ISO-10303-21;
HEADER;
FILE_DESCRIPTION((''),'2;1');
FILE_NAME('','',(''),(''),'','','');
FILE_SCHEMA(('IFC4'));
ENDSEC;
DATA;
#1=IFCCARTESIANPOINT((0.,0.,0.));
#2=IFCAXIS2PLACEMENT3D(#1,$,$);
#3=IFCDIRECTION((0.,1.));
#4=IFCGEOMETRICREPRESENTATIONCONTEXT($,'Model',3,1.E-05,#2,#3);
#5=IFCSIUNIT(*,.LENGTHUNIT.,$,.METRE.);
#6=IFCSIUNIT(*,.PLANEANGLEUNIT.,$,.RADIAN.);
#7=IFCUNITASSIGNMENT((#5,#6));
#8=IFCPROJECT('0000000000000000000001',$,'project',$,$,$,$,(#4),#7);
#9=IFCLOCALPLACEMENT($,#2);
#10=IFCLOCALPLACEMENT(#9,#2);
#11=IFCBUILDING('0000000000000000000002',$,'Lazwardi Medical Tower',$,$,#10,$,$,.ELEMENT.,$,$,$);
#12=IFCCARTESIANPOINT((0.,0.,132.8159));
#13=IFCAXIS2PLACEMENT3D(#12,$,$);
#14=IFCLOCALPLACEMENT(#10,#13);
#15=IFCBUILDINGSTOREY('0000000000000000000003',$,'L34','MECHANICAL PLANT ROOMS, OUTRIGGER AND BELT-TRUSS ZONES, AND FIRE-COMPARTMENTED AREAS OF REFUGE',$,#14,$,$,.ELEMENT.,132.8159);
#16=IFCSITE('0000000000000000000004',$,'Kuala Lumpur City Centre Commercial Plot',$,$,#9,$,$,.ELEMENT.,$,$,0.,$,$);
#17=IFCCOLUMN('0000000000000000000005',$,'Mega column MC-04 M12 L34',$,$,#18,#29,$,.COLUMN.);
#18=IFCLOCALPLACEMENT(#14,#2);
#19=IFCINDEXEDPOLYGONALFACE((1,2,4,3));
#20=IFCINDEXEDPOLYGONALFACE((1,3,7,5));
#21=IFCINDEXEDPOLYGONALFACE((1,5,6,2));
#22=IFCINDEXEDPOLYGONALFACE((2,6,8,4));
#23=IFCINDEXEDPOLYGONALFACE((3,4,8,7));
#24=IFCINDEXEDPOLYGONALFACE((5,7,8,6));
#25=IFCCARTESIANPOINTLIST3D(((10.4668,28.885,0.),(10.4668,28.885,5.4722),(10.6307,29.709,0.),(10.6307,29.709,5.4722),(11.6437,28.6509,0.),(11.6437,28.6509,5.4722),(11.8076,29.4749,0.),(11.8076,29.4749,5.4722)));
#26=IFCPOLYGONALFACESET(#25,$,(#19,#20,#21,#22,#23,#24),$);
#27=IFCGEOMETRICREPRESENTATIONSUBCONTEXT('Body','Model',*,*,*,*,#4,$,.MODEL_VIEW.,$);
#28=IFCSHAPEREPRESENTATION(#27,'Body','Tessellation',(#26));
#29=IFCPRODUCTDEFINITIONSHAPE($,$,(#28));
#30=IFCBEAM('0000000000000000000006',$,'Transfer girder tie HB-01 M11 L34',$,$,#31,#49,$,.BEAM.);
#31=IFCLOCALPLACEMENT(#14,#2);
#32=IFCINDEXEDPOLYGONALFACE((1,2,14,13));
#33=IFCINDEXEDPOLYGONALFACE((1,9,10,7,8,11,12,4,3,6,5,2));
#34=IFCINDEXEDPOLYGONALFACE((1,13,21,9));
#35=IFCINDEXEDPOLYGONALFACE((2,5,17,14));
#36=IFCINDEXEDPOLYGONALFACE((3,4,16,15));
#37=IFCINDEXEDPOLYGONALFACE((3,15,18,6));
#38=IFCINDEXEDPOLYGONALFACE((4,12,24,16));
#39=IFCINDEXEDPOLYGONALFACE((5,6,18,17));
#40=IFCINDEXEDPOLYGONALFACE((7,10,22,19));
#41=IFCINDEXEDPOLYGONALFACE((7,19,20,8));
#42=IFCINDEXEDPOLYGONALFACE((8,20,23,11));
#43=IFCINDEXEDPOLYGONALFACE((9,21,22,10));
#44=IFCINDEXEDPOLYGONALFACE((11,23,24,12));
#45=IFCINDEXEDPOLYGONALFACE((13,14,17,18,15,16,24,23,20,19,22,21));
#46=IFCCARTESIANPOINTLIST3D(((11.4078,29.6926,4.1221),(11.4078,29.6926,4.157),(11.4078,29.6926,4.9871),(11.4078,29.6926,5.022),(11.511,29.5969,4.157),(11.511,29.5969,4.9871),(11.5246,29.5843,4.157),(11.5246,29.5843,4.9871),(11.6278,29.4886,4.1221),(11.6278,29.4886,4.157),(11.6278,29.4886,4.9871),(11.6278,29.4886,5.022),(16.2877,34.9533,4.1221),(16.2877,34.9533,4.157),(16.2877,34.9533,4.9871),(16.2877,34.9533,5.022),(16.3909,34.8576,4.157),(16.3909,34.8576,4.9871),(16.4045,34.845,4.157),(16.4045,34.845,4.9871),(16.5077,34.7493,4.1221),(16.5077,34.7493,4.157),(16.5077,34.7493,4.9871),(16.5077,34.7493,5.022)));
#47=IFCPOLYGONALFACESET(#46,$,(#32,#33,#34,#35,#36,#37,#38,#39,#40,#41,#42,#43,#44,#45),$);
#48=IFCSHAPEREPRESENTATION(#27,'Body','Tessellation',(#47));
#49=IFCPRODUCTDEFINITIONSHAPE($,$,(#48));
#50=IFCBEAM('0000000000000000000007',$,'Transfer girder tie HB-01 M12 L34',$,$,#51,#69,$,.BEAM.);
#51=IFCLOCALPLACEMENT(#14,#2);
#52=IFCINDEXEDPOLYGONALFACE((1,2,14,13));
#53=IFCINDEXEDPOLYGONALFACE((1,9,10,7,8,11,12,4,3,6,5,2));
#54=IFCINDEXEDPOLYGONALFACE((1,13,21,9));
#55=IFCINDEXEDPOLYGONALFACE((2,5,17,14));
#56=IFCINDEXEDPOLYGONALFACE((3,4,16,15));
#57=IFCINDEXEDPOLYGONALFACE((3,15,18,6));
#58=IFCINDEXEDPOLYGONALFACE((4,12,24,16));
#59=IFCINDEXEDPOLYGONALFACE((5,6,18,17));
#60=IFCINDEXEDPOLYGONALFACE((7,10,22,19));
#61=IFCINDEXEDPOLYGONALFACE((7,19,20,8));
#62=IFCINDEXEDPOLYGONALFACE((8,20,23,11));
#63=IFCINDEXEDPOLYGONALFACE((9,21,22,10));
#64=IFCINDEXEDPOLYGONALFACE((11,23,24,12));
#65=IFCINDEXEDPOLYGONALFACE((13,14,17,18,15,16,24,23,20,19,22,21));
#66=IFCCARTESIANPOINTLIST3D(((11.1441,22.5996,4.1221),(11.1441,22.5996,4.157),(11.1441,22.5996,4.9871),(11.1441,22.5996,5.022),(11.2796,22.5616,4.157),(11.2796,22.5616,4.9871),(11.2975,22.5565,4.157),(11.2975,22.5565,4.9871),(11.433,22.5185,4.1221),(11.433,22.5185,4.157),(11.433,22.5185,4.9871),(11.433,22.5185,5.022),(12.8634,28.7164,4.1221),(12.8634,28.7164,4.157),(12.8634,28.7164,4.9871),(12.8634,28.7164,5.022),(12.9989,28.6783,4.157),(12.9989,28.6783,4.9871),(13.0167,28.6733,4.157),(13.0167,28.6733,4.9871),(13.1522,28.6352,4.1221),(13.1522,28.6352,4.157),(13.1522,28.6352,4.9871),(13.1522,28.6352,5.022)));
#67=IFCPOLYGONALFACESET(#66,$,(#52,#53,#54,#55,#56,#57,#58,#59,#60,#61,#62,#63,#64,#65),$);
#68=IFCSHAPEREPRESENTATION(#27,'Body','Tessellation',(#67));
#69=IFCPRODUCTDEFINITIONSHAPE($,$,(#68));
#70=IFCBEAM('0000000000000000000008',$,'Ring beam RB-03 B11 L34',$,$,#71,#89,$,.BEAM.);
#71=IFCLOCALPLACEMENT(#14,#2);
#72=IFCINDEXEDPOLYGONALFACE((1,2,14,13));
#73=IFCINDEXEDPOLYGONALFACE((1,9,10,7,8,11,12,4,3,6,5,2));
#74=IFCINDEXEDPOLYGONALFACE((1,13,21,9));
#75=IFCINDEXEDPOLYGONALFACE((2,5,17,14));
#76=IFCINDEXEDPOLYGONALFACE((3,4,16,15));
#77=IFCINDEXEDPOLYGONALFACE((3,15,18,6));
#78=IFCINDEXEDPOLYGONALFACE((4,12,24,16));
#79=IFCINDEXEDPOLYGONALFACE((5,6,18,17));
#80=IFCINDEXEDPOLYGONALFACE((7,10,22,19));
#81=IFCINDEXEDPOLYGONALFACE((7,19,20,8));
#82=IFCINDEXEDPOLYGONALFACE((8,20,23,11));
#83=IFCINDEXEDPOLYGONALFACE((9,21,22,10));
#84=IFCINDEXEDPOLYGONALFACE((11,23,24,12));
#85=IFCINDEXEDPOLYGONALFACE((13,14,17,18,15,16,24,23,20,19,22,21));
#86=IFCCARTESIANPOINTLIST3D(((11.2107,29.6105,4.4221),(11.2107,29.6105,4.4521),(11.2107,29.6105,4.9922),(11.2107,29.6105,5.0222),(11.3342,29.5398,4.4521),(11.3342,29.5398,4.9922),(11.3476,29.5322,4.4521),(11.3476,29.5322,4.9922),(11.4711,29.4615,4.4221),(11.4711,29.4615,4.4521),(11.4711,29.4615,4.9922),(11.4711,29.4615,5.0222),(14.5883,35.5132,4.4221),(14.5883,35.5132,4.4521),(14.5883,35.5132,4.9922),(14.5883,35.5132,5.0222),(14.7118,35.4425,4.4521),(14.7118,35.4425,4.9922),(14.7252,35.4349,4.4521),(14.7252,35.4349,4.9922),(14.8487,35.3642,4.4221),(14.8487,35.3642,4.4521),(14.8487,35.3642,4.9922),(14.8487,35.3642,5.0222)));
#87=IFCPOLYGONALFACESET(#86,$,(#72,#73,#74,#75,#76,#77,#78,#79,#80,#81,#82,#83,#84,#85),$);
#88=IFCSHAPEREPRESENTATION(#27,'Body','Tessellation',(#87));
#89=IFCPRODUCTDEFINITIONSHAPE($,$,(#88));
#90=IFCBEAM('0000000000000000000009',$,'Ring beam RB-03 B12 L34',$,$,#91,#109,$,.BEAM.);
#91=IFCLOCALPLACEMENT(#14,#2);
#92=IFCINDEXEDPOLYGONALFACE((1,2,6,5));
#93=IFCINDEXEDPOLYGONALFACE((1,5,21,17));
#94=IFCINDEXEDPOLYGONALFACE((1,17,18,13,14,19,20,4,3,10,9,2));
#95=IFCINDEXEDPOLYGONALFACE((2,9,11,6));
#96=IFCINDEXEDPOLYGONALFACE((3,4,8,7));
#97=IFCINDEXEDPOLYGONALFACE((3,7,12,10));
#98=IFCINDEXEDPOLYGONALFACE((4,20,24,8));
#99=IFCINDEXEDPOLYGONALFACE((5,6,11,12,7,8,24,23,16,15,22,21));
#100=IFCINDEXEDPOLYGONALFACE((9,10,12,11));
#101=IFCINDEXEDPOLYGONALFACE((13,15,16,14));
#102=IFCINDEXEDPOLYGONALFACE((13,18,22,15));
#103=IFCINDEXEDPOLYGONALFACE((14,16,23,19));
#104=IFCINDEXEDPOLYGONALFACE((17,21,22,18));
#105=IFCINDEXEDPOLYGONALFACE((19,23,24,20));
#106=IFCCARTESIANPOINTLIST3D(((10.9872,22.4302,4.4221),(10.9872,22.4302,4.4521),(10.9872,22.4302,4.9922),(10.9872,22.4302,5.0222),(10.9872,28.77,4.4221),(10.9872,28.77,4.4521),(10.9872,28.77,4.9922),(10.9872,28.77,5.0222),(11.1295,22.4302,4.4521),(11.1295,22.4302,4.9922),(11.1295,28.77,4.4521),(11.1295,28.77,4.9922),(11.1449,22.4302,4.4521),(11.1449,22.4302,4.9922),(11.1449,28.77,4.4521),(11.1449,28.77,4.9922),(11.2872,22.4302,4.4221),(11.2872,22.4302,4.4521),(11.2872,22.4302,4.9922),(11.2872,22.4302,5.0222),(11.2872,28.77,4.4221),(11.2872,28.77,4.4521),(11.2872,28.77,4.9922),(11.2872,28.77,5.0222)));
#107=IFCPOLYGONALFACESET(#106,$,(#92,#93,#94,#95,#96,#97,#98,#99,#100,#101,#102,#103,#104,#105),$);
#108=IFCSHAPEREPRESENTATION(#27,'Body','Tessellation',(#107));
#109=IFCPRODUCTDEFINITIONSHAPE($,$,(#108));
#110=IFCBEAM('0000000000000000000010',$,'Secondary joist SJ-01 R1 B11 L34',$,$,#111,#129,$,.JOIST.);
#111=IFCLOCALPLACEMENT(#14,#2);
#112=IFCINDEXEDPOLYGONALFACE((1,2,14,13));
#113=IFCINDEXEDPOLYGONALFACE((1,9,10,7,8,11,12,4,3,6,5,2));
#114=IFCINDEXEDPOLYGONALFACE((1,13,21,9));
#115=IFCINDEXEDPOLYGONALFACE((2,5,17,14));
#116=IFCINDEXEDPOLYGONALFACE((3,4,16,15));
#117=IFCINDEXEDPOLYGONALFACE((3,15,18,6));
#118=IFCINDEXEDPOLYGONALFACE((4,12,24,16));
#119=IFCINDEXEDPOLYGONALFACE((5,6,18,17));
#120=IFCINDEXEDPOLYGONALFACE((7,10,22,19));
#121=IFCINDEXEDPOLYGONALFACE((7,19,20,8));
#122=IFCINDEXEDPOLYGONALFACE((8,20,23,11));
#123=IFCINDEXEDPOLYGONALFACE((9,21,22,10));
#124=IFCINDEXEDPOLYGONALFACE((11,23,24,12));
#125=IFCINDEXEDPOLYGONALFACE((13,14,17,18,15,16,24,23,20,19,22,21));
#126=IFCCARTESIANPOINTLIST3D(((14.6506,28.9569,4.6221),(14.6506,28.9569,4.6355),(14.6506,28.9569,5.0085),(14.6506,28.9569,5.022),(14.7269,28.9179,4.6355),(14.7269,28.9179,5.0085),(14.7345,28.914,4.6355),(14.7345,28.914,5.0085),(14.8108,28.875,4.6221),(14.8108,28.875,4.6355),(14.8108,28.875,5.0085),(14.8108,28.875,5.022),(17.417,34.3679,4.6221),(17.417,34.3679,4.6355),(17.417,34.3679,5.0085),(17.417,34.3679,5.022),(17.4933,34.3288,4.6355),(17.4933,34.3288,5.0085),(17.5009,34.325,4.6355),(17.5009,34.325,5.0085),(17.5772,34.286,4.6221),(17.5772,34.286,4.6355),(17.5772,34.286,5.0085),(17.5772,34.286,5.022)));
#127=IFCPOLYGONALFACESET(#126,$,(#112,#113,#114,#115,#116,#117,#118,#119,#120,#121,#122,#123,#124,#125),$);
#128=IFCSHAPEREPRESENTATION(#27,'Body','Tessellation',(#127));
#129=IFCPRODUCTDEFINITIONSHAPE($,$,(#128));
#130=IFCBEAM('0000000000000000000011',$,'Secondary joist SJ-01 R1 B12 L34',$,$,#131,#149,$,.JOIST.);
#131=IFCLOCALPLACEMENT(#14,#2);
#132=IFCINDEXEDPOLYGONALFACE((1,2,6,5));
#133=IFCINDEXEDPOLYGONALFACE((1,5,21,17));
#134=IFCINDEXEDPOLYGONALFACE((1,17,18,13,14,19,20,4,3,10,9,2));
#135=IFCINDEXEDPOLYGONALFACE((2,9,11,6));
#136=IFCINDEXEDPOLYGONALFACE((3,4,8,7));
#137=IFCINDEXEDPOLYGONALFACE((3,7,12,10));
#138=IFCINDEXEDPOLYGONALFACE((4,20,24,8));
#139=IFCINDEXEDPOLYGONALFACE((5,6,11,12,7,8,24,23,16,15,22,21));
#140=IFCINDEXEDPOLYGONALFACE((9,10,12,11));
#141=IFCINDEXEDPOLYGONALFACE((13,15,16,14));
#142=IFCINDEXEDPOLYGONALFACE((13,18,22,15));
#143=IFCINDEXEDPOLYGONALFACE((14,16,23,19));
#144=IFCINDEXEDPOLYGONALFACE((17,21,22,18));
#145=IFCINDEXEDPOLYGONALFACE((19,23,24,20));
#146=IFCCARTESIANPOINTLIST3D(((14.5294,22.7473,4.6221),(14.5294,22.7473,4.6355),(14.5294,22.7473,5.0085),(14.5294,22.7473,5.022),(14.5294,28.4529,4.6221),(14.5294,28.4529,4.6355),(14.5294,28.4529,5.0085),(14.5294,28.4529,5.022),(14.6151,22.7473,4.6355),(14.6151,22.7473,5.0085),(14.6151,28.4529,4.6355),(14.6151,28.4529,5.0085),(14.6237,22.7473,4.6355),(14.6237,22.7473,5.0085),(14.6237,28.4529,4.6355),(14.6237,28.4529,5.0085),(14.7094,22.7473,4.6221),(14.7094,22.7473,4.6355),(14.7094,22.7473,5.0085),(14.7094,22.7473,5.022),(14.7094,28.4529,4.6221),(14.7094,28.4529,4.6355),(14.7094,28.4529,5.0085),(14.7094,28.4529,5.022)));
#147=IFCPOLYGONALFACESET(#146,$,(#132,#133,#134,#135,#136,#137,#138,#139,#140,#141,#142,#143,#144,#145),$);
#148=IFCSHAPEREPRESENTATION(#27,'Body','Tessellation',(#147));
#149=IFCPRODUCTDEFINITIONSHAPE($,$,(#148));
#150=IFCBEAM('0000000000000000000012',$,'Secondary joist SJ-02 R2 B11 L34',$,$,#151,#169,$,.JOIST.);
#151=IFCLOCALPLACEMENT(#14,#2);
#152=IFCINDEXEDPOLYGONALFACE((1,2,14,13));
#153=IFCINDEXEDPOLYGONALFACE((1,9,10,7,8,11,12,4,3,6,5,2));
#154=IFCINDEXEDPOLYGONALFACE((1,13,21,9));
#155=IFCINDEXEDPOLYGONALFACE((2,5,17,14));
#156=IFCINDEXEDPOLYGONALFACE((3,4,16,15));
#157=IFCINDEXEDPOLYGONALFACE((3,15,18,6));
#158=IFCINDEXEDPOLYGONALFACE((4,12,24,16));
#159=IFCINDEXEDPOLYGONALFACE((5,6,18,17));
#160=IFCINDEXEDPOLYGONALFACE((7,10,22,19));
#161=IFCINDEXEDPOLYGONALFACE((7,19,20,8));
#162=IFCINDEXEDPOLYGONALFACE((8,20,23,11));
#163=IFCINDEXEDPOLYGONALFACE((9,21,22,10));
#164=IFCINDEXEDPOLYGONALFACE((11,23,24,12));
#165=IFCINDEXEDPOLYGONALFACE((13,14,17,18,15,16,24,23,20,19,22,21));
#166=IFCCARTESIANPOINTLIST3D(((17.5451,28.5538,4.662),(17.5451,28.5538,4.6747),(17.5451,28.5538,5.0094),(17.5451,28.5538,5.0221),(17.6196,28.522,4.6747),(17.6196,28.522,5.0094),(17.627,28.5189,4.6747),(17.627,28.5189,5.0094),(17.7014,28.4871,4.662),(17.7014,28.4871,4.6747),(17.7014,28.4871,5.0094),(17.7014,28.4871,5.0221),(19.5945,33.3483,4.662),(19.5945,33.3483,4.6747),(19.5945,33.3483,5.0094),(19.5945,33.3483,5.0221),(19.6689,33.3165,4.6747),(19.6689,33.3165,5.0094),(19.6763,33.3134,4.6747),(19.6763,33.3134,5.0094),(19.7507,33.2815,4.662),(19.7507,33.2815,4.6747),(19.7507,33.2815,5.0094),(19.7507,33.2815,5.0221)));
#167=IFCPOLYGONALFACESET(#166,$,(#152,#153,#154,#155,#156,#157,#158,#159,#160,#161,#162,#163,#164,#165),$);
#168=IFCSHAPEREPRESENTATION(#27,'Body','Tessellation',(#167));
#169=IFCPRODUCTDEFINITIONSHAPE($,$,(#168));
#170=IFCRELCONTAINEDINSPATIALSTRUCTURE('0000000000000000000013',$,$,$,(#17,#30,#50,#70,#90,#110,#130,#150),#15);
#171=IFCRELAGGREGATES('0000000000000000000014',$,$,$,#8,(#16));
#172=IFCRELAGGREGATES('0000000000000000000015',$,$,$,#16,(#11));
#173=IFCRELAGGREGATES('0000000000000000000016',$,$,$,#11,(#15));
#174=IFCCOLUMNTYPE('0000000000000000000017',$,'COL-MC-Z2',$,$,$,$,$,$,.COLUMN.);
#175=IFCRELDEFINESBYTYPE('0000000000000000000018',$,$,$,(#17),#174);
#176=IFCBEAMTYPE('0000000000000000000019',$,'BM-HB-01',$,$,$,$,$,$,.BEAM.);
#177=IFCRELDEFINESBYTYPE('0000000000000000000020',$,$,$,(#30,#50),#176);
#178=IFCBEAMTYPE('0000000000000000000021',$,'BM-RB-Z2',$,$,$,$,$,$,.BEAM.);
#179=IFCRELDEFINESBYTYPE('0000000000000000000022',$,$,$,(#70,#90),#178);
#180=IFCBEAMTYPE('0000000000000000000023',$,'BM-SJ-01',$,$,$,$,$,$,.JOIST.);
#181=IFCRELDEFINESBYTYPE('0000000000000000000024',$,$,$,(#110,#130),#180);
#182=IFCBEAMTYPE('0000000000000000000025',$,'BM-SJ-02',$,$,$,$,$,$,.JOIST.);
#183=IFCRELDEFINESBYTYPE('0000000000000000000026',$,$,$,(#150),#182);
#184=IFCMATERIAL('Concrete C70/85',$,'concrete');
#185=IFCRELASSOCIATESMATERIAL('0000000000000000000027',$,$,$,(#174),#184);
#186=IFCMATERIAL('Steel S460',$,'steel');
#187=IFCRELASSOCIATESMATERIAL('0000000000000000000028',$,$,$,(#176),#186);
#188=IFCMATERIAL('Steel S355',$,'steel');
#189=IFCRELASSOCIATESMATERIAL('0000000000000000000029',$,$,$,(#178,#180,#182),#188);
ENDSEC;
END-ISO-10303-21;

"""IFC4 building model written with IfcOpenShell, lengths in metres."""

from ifc_helpers import new_model, si_unit, direction, frame, origin, origin_2d, place, context, subcontext, project, spatial, rectangle, i_section, extrude, material, material_profile, profile_set, type_object, element, save


model = new_model("IFC4")

# Units and contexts
model_context = context("Model", 3, precision=1e-05, world=origin(), true_north=direction((0.0, 1.0)))
body_context = subcontext(model_context, "Body", "Model", "MODEL_VIEW")
ifc_project = project(units=[si_unit("LENGTHUNIT", "METRE"), si_unit("PLANEANGLEUNIT", "RADIAN")], contexts=[model_context])

# Site, building, storey
site_placement = place(None, origin())
site = spatial("IfcSite", under=ifc_project, at=site_placement, Name="Kuala Lumpur City Centre Commercial Plot", CompositionType="ELEMENT", RefElevation=0.0)
building_placement = place(site_placement, origin())
building = spatial("IfcBuilding", under=site, at=building_placement, Name="Lazwardi Medical Tower", CompositionType="ELEMENT")
storey_placement = place(building_placement, frame((0.0, 0.0, 132.8159)))
storey = spatial("IfcBuildingStorey", under=building, at=storey_placement, Name="L34", Description="MECHANICAL PLANT ROOMS, OUTRIGGER AND BELT-TRUSS ZONES, AND FIRE-COMPARTMENTED AREAS OF REFUGE", CompositionType="ELEMENT", Elevation=132.8159)

# Column
ifc_material_1 = material(Name="Concrete C70/85", Category="concrete")
ifc_material_profile_1 = material_profile(ifc_material_1, rectangle(XDim=1.2, YDim=0.8401, at=origin_2d()), Name="CFT-RECT 1200x840")
ifc_profile_set_1 = profile_set([ifc_material_profile_1], Name="Concrete C70/85")
column_type = type_object("IfcColumnType", Name="COL-MC-Z2", PredefinedType="COLUMN", material=ifc_profile_set_1)
column_placement = place(storey_placement, frame((11.1372, 29.1799, 0.0), z_axis=(0.0, 0.0, 1.0), x_axis=(-0.980785, 0.19509, 0.0)))
element("IfcColumn", 1, at=column_placement, inside=storey, type_object=column_type, Name="Mega column MC-04 M12 L34", PredefinedType="COLUMN", context=body_context, shape_type="SweptSolid", body=[
    extrude(rectangle(XDim=1.2, YDim=0.8401, at=origin_2d()), origin(), (0.0, 0.0, 1.0), 5.4722),
])

# Beams
ifc_material_2 = material(Name="Steel S460", Category="steel")
ifc_material_profile_2 = material_profile(ifc_material_2, i_section(OverallWidth=0.3, OverallDepth=0.8999, WebThickness=0.0186, FlangeThickness=0.0349, at=origin_2d()), Name="HEB 900")
ifc_profile_set_2 = profile_set([ifc_material_profile_2], Name="Steel S460")
beam_type_1 = type_object("IfcBeamType", Name="BM-HB-01", PredefinedType="BEAM", material=ifc_profile_set_2)
beam_1_placement = place(storey_placement, frame((16.3977, 34.8513, 4.572), z_axis=(-0.68007, -0.733147, 0.0), x_axis=(0.733147, -0.68007, 0.0)))
element("IfcBeam", 2, at=beam_1_placement, inside=storey, type_object=beam_type_1, Name="Transfer girder tie HB-01 M11 L34", PredefinedType="BEAM", context=body_context, shape_type="SweptSolid", body=[
    extrude(i_section(OverallWidth=0.3, OverallDepth=0.8999, WebThickness=0.0186, FlangeThickness=0.0349, at=origin_2d()), origin(), (0.0, 0.0, 1.0), 7.1755),
])
beam_2_placement = place(storey_placement, frame((13.0078, 28.6758, 4.572), z_axis=(-0.270588, -0.962695, 0.0), x_axis=(0.962695, -0.270588, 0.0)))
element("IfcBeam", 3, at=beam_2_placement, inside=storey, type_object=beam_type_1, Name="Transfer girder tie HB-01 M12 L34", PredefinedType="BEAM", context=body_context, shape_type="SweptSolid", body=[
    extrude(i_section(OverallWidth=0.3, OverallDepth=0.8999, WebThickness=0.0186, FlangeThickness=0.0349, at=origin_2d()), origin(), (0.0, 0.0, 1.0), 6.3538),
])
ifc_material_3 = material(Name="Steel S355", Category="steel")
ifc_material_profile_3 = material_profile(ifc_material_3, i_section(OverallWidth=0.3, OverallDepth=0.6001, WebThickness=0.0154, FlangeThickness=0.03, at=origin_2d()), Name="HEB 600")
ifc_profile_set_3 = profile_set([ifc_material_profile_3], Name="Steel S355")
beam_type_2 = type_object("IfcBeamType", Name="BM-RB-Z2", PredefinedType="BEAM", material=ifc_profile_set_3)
beam_3_placement = place(storey_placement, frame((14.7185, 35.4387, 4.7222), z_axis=(-0.496653, -0.867949, 0.0), x_axis=(0.867949, -0.496653, 0.0)))
element("IfcBeam", 4, at=beam_3_placement, inside=storey, type_object=beam_type_2, Name="Ring beam RB-03 B11 L34", PredefinedType="BEAM", context=body_context, shape_type="SweptSolid", body=[
    extrude(i_section(OverallWidth=0.3, OverallDepth=0.6001, WebThickness=0.0154, FlangeThickness=0.03, at=origin_2d()), origin(), (0.0, 0.0, 1.0), 6.8008),
])
beam_4_placement = place(storey_placement, frame((11.1372, 28.77, 4.7222), z_axis=(0.0, -1.0, 0.0), x_axis=(1.0, 0.0, 0.0)))
element("IfcBeam", 5, at=beam_4_placement, inside=storey, type_object=beam_type_2, Name="Ring beam RB-03 B12 L34", PredefinedType="BEAM", context=body_context, shape_type="SweptSolid", body=[
    extrude(i_section(OverallWidth=0.3, OverallDepth=0.6001, WebThickness=0.0154, FlangeThickness=0.03, at=origin_2d()), origin(), (0.0, 0.0, 1.0), 6.3398),
])
ifc_material_profile_4 = material_profile(ifc_material_3, i_section(OverallWidth=0.1799, OverallDepth=0.3999, WebThickness=0.0085, FlangeThickness=0.0134, at=origin_2d()), Name="IPE 400")
ifc_profile_set_4 = profile_set([ifc_material_profile_4], Name="Steel S355")
beam_type_3 = type_object("IfcBeamType", Name="BM-SJ-01", PredefinedType="JOIST", material=ifc_profile_set_4)
beam_5_placement = place(storey_placement, frame((17.4971, 34.3269, 4.822), z_axis=(-0.455214, -0.890382, 0.0), x_axis=(0.890382, -0.455214, 0.0)))
element("IfcBeam", 6, at=beam_5_placement, inside=storey, type_object=beam_type_3, Name="Secondary joist SJ-01 R1 B11 L34", PredefinedType="JOIST", context=body_context, shape_type="SweptSolid", body=[
    extrude(i_section(OverallWidth=0.1799, OverallDepth=0.3999, WebThickness=0.0085, FlangeThickness=0.0134, at=origin_2d()), origin(), (0.0, 0.0, 1.0), 6.0771),
])
beam_6_placement = place(storey_placement, frame((14.6194, 28.4529, 4.822), z_axis=(0.0, -1.0, 0.0), x_axis=(1.0, 0.0, 0.0)))
element("IfcBeam", 7, at=beam_6_placement, inside=storey, type_object=beam_type_3, Name="Secondary joist SJ-01 R1 B12 L34", PredefinedType="JOIST", context=body_context, shape_type="SweptSolid", body=[
    extrude(i_section(OverallWidth=0.1799, OverallDepth=0.3999, WebThickness=0.0085, FlangeThickness=0.0134, at=origin_2d()), origin(), (0.0, 0.0, 1.0), 5.7056),
])
ifc_material_profile_5 = material_profile(ifc_material_3, i_section(OverallWidth=0.1699, OverallDepth=0.3601, WebThickness=0.0081, FlangeThickness=0.0127, at=origin_2d()), Name="IPE 360")
ifc_profile_set_5 = profile_set([ifc_material_profile_5], Name="Steel S355")
beam_type_4 = type_object("IfcBeamType", Name="BM-SJ-02", PredefinedType="JOIST", material=ifc_profile_set_5)
beam_7_placement = place(storey_placement, frame((19.6726, 33.3149, 4.842), z_axis=(-0.393038, -0.919522, 0.0), x_axis=(0.919522, -0.393038, 0.0)))
element("IfcBeam", 8, at=beam_7_placement, inside=storey, type_object=beam_type_4, Name="Secondary joist SJ-02 R2 B11 L34", PredefinedType="JOIST", context=body_context, shape_type="SweptSolid", body=[
    extrude(i_section(OverallWidth=0.1699, OverallDepth=0.3601, WebThickness=0.0081, FlangeThickness=0.0127, at=origin_2d()), origin(), (0.0, 0.0, 1.0), 5.2141),
])

save(model, "model.ifc")
